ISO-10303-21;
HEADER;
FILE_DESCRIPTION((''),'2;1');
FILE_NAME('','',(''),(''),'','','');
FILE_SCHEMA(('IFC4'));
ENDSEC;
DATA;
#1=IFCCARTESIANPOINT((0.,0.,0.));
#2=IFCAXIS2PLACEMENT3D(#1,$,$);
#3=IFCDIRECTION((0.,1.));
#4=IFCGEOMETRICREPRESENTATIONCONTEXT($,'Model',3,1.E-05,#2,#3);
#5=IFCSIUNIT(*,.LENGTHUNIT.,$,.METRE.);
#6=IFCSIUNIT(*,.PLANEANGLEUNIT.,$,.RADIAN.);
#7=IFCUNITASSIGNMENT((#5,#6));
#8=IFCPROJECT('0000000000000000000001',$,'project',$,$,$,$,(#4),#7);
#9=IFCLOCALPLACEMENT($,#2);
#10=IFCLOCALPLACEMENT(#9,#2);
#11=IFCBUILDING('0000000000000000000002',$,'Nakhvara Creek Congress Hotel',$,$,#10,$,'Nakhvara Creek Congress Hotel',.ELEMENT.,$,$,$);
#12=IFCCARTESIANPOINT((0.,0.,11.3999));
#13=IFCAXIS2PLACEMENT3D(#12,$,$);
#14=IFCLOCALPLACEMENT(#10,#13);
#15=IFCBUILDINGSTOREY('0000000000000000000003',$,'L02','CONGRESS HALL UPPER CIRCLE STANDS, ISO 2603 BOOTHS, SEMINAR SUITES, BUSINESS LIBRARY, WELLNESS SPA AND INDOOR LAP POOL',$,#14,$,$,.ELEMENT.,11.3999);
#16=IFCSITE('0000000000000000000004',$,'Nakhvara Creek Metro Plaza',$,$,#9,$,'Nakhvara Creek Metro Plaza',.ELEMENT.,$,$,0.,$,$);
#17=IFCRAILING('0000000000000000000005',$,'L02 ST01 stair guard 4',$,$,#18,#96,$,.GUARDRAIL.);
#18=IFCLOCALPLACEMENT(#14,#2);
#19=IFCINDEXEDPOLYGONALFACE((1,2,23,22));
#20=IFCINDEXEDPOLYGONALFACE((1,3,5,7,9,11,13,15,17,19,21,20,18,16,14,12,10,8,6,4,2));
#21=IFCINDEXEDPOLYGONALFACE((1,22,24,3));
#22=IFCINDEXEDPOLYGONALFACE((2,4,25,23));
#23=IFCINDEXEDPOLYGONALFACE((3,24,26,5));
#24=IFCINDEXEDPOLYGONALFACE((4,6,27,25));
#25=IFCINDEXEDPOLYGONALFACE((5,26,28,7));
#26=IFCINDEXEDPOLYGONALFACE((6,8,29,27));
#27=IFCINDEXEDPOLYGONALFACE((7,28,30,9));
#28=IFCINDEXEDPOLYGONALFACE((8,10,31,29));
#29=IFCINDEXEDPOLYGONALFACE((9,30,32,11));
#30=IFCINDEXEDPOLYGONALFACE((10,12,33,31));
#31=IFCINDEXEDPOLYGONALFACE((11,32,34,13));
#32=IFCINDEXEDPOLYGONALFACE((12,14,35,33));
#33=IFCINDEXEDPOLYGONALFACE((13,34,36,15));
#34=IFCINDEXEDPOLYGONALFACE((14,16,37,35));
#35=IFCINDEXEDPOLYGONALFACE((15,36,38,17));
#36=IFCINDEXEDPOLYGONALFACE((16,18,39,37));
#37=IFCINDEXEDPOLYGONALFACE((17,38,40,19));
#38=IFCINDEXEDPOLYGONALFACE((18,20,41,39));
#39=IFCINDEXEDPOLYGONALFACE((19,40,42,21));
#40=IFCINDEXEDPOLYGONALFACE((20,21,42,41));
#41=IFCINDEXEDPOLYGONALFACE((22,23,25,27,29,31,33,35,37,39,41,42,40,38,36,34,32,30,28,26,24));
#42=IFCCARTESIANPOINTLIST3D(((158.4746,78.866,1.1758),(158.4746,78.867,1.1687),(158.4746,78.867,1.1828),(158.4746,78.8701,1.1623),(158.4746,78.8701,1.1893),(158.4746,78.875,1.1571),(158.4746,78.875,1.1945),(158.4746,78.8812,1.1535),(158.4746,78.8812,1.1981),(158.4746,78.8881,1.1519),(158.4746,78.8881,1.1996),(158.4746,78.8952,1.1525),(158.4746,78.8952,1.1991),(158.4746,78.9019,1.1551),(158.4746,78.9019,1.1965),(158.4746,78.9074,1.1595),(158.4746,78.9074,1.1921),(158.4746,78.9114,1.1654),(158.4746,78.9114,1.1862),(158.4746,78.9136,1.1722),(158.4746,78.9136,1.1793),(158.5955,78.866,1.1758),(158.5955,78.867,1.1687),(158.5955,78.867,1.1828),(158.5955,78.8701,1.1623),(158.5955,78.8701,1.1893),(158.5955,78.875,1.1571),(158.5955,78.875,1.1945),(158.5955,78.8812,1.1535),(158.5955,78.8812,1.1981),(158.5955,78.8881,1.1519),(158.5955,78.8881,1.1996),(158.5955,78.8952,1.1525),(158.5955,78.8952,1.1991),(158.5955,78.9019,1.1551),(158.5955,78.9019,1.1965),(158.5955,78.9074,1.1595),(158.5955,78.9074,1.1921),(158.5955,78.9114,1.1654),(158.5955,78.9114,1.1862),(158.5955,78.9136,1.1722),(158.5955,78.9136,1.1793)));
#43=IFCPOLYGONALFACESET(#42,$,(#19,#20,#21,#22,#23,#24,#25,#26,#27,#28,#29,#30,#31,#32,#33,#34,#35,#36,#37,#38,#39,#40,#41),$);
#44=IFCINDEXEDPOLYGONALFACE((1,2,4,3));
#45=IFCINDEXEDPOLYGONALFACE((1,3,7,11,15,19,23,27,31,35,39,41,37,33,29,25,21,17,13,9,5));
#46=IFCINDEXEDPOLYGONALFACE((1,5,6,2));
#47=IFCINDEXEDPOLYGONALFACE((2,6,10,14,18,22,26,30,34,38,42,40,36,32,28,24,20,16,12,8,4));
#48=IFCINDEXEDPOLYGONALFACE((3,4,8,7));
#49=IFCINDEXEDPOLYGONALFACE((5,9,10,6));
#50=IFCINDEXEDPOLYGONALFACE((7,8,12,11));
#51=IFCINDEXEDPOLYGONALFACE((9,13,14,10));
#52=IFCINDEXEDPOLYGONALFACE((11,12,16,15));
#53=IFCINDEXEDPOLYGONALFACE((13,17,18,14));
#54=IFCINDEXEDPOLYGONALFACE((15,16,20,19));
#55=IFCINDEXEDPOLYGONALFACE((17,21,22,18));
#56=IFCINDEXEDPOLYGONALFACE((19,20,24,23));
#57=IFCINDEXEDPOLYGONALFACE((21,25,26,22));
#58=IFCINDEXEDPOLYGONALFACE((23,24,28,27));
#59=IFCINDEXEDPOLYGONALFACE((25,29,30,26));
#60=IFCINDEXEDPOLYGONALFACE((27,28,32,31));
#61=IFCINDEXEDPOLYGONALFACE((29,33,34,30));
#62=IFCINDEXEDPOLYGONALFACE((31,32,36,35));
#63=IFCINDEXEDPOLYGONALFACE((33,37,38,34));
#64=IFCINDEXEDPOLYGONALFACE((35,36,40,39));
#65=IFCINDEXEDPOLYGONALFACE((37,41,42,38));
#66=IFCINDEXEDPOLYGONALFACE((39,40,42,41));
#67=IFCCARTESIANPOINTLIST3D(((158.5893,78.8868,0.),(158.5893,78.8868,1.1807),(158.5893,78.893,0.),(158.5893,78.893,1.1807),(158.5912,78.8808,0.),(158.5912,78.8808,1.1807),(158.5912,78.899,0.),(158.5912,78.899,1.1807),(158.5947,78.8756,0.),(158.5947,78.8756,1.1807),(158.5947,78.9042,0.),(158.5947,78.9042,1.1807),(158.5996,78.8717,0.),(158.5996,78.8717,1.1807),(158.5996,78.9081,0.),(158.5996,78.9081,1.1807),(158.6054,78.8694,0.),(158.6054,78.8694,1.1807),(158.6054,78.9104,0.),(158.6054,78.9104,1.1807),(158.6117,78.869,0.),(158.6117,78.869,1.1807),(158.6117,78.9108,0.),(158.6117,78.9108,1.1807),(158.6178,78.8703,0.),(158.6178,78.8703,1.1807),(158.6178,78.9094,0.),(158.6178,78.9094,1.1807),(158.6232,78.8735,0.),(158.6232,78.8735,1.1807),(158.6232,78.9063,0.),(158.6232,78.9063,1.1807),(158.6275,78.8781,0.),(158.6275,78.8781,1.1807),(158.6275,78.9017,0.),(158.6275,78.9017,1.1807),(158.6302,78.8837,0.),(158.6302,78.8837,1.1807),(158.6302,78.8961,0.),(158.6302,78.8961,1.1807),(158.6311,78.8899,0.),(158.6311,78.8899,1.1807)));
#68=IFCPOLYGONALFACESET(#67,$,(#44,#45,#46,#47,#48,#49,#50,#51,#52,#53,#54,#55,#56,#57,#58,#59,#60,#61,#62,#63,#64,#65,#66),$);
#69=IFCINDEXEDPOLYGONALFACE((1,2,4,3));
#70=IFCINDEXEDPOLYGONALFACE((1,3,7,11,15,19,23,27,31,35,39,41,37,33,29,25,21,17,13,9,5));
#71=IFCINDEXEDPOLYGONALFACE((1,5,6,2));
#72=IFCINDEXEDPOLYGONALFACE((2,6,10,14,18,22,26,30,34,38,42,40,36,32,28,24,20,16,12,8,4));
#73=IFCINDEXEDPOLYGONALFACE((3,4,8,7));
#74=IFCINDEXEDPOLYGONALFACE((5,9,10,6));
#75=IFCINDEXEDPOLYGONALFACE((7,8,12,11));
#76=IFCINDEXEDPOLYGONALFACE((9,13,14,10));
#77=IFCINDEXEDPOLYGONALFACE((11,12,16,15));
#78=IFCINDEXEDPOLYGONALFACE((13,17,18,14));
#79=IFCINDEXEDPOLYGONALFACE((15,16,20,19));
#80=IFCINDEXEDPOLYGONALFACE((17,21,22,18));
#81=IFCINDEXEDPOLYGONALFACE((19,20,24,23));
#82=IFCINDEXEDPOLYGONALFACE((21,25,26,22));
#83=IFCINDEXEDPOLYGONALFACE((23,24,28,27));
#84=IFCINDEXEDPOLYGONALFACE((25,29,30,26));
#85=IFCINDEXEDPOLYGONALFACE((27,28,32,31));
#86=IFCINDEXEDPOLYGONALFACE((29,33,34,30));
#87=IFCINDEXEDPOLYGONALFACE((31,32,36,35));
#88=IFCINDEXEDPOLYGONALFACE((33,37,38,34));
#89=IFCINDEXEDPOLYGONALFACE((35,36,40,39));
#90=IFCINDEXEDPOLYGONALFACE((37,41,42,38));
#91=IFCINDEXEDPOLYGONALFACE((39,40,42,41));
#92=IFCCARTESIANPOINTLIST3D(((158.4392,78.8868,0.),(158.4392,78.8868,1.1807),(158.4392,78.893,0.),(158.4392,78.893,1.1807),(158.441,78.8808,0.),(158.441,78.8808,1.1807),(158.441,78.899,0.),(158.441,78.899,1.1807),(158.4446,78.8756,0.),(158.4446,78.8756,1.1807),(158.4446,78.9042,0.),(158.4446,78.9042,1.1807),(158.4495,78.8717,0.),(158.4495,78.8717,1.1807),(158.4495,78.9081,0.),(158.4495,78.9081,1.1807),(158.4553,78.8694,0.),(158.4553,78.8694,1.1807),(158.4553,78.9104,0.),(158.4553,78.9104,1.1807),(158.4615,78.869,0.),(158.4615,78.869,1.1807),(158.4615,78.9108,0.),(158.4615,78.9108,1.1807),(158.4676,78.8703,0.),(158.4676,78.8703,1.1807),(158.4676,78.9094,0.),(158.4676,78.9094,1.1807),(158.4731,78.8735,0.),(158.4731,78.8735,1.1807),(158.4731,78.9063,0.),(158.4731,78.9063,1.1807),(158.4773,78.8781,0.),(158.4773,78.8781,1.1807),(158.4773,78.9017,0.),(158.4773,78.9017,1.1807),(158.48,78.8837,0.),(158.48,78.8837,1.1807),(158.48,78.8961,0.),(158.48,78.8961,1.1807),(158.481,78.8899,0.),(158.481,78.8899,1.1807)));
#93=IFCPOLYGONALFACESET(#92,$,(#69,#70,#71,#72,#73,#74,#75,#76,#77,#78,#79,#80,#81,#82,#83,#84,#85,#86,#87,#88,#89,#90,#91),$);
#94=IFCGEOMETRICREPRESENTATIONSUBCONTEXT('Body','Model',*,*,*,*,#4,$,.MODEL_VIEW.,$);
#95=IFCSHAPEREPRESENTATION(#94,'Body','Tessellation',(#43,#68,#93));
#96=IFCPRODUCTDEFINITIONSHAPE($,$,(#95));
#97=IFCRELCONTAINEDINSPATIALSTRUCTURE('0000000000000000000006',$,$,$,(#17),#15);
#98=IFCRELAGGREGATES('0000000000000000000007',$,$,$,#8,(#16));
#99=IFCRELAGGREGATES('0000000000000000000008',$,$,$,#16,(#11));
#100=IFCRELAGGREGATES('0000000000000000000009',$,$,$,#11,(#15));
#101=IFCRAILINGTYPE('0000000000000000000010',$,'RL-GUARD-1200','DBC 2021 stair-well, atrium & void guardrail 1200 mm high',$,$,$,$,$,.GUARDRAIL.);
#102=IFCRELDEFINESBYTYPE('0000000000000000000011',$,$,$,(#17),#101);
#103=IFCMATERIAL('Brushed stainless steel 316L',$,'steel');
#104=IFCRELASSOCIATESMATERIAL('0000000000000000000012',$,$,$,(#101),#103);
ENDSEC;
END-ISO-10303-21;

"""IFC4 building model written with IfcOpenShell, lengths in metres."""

from ifc_helpers import new_model, si_unit, direction, frame, origin, origin_2d, place, context, subcontext, project, spatial, circle, extrude, material, type_object, element, save


model = new_model("IFC4")

# Units and contexts
model_context = context("Model", 3, precision=1e-05, world=origin(), true_north=direction((0.0, 1.0)))
body_context = subcontext(model_context, "Body", "Model", "MODEL_VIEW")
ifc_project = project(units=[si_unit("LENGTHUNIT", "METRE"), si_unit("PLANEANGLEUNIT", "RADIAN")], contexts=[model_context])

# Site, building, storey
site_placement = place(None, origin())
site = spatial("IfcSite", under=ifc_project, at=site_placement, Name="Nakhvara Creek Metro Plaza", LongName="Nakhvara Creek Metro Plaza", CompositionType="ELEMENT", RefElevation=0.0)
building_placement = place(site_placement, origin())
building = spatial("IfcBuilding", under=site, at=building_placement, Name="Nakhvara Creek Congress Hotel", LongName="Nakhvara Creek Congress Hotel", CompositionType="ELEMENT")
storey_placement = place(building_placement, frame((0.0, 0.0, 11.3999)))
storey = spatial("IfcBuildingStorey", under=building, at=storey_placement, Name="L02", Description="CONGRESS HALL UPPER CIRCLE STANDS, ISO 2603 BOOTHS, SEMINAR SUITES, BUSINESS LIBRARY, WELLNESS SPA AND INDOOR LAP POOL", CompositionType="ELEMENT", Elevation=11.3999)

# Railing
ifc_material_1 = material(Name="Brushed stainless steel 316L", Category="steel")
railing_type_1 = type_object("IfcRailingType", Name="RL-GUARD-1200", Description="DBC 2021 stair-well, atrium & void guardrail 1200 mm high", PredefinedType="GUARDRAIL", material=ifc_material_1)
railing_1_placement = place(storey_placement, frame((158.6101, 78.8899, 0.0)))
element("IfcRailing", 1, at=railing_1_placement, inside=storey, type_object=railing_type_1, Name="L02 ST01 stair guard 4", PredefinedType="GUARDRAIL", context=body_context, shape_type="SweptSolid", body=[
    extrude(circle(Radius=0.0239, at=origin_2d()), frame((-0.0146, 0.0, 1.1758), z_axis=(-1.0, 0.0, 0.0), x_axis=(0.0, -1.0, 0.0)), (0.0, 0.0, 1.0), 0.1208),
    extrude(circle(Radius=0.021, at=origin_2d()), origin(), (0.0, 0.0, 1.0), 1.1807),
    extrude(circle(Radius=0.021, at=origin_2d()), frame((-0.1501, 0.0, 0.0)), (0.0, 0.0, 1.0), 1.1807),
])

save(model, "model.ifc")
